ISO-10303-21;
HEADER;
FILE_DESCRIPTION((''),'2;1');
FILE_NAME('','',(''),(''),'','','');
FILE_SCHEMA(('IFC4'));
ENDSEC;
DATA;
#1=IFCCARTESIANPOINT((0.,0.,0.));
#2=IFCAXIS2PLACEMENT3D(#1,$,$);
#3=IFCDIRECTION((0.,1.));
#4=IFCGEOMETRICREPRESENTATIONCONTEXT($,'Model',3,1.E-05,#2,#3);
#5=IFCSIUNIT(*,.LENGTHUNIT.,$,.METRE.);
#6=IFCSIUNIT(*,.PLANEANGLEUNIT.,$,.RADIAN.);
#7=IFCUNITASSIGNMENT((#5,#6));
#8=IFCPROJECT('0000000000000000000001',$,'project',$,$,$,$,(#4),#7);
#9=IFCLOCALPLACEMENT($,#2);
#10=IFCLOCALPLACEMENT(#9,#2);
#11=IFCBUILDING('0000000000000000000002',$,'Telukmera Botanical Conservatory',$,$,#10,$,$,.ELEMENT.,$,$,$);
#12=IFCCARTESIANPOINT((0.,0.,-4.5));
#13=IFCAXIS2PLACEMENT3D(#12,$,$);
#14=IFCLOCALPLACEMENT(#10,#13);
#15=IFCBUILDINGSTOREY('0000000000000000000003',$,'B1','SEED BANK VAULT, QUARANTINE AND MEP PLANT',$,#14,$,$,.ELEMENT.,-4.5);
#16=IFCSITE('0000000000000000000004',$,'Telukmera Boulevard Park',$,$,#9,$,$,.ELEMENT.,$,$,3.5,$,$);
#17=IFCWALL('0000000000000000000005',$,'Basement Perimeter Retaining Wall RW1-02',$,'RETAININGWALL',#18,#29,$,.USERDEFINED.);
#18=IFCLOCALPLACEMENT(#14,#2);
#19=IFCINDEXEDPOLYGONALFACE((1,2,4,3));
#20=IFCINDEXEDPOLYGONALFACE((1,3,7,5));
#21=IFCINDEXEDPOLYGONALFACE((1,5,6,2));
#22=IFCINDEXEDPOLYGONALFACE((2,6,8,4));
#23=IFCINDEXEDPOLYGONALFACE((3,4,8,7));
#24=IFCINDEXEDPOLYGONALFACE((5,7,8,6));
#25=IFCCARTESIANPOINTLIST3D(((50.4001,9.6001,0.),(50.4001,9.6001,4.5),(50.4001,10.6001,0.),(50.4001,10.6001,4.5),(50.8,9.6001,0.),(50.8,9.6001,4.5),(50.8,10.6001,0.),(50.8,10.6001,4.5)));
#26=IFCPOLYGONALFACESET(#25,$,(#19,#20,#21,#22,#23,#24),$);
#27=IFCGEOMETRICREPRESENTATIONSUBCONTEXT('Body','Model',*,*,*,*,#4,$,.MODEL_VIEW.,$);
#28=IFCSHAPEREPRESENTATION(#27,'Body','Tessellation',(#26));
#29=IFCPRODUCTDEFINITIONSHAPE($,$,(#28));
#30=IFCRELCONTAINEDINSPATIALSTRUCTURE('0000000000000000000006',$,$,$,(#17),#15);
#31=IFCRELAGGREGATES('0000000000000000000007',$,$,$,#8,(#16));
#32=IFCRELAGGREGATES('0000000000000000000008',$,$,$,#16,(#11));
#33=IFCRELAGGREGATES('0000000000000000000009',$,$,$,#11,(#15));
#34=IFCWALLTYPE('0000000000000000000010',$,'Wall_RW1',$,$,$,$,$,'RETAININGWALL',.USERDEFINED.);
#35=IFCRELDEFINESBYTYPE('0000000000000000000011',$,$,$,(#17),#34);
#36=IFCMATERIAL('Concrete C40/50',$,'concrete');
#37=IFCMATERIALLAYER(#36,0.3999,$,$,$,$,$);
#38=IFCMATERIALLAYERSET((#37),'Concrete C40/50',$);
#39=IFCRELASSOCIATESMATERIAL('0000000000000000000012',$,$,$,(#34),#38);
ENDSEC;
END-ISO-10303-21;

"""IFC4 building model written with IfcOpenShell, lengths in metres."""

from ifc_helpers import new_model, si_unit, direction, frame, frame_2d, origin, place, context, subcontext, project, spatial, rectangle, extrude, material, layer, layer_set, type_object, element, save


model = new_model("IFC4")

# Units and contexts
model_context = context("Model", 3, precision=1e-05, world=origin(), true_north=direction((0.0, 1.0)))
body_context = subcontext(model_context, "Body", "Model", "MODEL_VIEW")
ifc_project = project(units=[si_unit("LENGTHUNIT", "METRE"), si_unit("PLANEANGLEUNIT", "RADIAN")], contexts=[model_context])

# Site, building, storey
site_placement = place(None, origin())
site = spatial("IfcSite", under=ifc_project, at=site_placement, Name="Telukmera Boulevard Park", CompositionType="ELEMENT", RefElevation=3.5)
building_placement = place(site_placement, origin())
building = spatial("IfcBuilding", under=site, at=building_placement, Name="Telukmera Botanical Conservatory", CompositionType="ELEMENT")
storey_placement = place(building_placement, frame((0.0, 0.0, -4.5)))
storey = spatial("IfcBuildingStorey", under=building, at=storey_placement, Name="B1", Description="SEED BANK VAULT, QUARANTINE AND MEP PLANT", CompositionType="ELEMENT", Elevation=-4.5)

# Shared definitions
ifc_material_1 = material(Name="Concrete C40/50", Category="concrete")

# Wall
ifc_layer_1 = layer(ifc_material_1, 0.3999)
ifc_layer_set_1 = layer_set([ifc_layer_1], Name="Concrete C40/50")
wall_type_1 = type_object("IfcWallType", Name="Wall_RW1", ElementType="RETAININGWALL", PredefinedType="USERDEFINED", material=ifc_layer_set_1)
wall_1_placement = place(storey_placement, frame((50.6001, 10.6001, 0.0), z_axis=(0.0, 0.0, 1.0), x_axis=(0.0, -1.0, 0.0)))
element("IfcWall", 1, at=wall_1_placement, inside=storey, type_object=wall_type_1, Name="Basement Perimeter Retaining Wall RW1-02", ObjectType="RETAININGWALL", PredefinedType="USERDEFINED", context=body_context, shape_type="SweptSolid", body=[
    extrude(rectangle(XDim=1.0, YDim=0.3999, at=frame_2d((0.5, 0.0))), origin(), (0.0, 0.0, 1.0), 4.5),
])

save(model, "model.ifc")
